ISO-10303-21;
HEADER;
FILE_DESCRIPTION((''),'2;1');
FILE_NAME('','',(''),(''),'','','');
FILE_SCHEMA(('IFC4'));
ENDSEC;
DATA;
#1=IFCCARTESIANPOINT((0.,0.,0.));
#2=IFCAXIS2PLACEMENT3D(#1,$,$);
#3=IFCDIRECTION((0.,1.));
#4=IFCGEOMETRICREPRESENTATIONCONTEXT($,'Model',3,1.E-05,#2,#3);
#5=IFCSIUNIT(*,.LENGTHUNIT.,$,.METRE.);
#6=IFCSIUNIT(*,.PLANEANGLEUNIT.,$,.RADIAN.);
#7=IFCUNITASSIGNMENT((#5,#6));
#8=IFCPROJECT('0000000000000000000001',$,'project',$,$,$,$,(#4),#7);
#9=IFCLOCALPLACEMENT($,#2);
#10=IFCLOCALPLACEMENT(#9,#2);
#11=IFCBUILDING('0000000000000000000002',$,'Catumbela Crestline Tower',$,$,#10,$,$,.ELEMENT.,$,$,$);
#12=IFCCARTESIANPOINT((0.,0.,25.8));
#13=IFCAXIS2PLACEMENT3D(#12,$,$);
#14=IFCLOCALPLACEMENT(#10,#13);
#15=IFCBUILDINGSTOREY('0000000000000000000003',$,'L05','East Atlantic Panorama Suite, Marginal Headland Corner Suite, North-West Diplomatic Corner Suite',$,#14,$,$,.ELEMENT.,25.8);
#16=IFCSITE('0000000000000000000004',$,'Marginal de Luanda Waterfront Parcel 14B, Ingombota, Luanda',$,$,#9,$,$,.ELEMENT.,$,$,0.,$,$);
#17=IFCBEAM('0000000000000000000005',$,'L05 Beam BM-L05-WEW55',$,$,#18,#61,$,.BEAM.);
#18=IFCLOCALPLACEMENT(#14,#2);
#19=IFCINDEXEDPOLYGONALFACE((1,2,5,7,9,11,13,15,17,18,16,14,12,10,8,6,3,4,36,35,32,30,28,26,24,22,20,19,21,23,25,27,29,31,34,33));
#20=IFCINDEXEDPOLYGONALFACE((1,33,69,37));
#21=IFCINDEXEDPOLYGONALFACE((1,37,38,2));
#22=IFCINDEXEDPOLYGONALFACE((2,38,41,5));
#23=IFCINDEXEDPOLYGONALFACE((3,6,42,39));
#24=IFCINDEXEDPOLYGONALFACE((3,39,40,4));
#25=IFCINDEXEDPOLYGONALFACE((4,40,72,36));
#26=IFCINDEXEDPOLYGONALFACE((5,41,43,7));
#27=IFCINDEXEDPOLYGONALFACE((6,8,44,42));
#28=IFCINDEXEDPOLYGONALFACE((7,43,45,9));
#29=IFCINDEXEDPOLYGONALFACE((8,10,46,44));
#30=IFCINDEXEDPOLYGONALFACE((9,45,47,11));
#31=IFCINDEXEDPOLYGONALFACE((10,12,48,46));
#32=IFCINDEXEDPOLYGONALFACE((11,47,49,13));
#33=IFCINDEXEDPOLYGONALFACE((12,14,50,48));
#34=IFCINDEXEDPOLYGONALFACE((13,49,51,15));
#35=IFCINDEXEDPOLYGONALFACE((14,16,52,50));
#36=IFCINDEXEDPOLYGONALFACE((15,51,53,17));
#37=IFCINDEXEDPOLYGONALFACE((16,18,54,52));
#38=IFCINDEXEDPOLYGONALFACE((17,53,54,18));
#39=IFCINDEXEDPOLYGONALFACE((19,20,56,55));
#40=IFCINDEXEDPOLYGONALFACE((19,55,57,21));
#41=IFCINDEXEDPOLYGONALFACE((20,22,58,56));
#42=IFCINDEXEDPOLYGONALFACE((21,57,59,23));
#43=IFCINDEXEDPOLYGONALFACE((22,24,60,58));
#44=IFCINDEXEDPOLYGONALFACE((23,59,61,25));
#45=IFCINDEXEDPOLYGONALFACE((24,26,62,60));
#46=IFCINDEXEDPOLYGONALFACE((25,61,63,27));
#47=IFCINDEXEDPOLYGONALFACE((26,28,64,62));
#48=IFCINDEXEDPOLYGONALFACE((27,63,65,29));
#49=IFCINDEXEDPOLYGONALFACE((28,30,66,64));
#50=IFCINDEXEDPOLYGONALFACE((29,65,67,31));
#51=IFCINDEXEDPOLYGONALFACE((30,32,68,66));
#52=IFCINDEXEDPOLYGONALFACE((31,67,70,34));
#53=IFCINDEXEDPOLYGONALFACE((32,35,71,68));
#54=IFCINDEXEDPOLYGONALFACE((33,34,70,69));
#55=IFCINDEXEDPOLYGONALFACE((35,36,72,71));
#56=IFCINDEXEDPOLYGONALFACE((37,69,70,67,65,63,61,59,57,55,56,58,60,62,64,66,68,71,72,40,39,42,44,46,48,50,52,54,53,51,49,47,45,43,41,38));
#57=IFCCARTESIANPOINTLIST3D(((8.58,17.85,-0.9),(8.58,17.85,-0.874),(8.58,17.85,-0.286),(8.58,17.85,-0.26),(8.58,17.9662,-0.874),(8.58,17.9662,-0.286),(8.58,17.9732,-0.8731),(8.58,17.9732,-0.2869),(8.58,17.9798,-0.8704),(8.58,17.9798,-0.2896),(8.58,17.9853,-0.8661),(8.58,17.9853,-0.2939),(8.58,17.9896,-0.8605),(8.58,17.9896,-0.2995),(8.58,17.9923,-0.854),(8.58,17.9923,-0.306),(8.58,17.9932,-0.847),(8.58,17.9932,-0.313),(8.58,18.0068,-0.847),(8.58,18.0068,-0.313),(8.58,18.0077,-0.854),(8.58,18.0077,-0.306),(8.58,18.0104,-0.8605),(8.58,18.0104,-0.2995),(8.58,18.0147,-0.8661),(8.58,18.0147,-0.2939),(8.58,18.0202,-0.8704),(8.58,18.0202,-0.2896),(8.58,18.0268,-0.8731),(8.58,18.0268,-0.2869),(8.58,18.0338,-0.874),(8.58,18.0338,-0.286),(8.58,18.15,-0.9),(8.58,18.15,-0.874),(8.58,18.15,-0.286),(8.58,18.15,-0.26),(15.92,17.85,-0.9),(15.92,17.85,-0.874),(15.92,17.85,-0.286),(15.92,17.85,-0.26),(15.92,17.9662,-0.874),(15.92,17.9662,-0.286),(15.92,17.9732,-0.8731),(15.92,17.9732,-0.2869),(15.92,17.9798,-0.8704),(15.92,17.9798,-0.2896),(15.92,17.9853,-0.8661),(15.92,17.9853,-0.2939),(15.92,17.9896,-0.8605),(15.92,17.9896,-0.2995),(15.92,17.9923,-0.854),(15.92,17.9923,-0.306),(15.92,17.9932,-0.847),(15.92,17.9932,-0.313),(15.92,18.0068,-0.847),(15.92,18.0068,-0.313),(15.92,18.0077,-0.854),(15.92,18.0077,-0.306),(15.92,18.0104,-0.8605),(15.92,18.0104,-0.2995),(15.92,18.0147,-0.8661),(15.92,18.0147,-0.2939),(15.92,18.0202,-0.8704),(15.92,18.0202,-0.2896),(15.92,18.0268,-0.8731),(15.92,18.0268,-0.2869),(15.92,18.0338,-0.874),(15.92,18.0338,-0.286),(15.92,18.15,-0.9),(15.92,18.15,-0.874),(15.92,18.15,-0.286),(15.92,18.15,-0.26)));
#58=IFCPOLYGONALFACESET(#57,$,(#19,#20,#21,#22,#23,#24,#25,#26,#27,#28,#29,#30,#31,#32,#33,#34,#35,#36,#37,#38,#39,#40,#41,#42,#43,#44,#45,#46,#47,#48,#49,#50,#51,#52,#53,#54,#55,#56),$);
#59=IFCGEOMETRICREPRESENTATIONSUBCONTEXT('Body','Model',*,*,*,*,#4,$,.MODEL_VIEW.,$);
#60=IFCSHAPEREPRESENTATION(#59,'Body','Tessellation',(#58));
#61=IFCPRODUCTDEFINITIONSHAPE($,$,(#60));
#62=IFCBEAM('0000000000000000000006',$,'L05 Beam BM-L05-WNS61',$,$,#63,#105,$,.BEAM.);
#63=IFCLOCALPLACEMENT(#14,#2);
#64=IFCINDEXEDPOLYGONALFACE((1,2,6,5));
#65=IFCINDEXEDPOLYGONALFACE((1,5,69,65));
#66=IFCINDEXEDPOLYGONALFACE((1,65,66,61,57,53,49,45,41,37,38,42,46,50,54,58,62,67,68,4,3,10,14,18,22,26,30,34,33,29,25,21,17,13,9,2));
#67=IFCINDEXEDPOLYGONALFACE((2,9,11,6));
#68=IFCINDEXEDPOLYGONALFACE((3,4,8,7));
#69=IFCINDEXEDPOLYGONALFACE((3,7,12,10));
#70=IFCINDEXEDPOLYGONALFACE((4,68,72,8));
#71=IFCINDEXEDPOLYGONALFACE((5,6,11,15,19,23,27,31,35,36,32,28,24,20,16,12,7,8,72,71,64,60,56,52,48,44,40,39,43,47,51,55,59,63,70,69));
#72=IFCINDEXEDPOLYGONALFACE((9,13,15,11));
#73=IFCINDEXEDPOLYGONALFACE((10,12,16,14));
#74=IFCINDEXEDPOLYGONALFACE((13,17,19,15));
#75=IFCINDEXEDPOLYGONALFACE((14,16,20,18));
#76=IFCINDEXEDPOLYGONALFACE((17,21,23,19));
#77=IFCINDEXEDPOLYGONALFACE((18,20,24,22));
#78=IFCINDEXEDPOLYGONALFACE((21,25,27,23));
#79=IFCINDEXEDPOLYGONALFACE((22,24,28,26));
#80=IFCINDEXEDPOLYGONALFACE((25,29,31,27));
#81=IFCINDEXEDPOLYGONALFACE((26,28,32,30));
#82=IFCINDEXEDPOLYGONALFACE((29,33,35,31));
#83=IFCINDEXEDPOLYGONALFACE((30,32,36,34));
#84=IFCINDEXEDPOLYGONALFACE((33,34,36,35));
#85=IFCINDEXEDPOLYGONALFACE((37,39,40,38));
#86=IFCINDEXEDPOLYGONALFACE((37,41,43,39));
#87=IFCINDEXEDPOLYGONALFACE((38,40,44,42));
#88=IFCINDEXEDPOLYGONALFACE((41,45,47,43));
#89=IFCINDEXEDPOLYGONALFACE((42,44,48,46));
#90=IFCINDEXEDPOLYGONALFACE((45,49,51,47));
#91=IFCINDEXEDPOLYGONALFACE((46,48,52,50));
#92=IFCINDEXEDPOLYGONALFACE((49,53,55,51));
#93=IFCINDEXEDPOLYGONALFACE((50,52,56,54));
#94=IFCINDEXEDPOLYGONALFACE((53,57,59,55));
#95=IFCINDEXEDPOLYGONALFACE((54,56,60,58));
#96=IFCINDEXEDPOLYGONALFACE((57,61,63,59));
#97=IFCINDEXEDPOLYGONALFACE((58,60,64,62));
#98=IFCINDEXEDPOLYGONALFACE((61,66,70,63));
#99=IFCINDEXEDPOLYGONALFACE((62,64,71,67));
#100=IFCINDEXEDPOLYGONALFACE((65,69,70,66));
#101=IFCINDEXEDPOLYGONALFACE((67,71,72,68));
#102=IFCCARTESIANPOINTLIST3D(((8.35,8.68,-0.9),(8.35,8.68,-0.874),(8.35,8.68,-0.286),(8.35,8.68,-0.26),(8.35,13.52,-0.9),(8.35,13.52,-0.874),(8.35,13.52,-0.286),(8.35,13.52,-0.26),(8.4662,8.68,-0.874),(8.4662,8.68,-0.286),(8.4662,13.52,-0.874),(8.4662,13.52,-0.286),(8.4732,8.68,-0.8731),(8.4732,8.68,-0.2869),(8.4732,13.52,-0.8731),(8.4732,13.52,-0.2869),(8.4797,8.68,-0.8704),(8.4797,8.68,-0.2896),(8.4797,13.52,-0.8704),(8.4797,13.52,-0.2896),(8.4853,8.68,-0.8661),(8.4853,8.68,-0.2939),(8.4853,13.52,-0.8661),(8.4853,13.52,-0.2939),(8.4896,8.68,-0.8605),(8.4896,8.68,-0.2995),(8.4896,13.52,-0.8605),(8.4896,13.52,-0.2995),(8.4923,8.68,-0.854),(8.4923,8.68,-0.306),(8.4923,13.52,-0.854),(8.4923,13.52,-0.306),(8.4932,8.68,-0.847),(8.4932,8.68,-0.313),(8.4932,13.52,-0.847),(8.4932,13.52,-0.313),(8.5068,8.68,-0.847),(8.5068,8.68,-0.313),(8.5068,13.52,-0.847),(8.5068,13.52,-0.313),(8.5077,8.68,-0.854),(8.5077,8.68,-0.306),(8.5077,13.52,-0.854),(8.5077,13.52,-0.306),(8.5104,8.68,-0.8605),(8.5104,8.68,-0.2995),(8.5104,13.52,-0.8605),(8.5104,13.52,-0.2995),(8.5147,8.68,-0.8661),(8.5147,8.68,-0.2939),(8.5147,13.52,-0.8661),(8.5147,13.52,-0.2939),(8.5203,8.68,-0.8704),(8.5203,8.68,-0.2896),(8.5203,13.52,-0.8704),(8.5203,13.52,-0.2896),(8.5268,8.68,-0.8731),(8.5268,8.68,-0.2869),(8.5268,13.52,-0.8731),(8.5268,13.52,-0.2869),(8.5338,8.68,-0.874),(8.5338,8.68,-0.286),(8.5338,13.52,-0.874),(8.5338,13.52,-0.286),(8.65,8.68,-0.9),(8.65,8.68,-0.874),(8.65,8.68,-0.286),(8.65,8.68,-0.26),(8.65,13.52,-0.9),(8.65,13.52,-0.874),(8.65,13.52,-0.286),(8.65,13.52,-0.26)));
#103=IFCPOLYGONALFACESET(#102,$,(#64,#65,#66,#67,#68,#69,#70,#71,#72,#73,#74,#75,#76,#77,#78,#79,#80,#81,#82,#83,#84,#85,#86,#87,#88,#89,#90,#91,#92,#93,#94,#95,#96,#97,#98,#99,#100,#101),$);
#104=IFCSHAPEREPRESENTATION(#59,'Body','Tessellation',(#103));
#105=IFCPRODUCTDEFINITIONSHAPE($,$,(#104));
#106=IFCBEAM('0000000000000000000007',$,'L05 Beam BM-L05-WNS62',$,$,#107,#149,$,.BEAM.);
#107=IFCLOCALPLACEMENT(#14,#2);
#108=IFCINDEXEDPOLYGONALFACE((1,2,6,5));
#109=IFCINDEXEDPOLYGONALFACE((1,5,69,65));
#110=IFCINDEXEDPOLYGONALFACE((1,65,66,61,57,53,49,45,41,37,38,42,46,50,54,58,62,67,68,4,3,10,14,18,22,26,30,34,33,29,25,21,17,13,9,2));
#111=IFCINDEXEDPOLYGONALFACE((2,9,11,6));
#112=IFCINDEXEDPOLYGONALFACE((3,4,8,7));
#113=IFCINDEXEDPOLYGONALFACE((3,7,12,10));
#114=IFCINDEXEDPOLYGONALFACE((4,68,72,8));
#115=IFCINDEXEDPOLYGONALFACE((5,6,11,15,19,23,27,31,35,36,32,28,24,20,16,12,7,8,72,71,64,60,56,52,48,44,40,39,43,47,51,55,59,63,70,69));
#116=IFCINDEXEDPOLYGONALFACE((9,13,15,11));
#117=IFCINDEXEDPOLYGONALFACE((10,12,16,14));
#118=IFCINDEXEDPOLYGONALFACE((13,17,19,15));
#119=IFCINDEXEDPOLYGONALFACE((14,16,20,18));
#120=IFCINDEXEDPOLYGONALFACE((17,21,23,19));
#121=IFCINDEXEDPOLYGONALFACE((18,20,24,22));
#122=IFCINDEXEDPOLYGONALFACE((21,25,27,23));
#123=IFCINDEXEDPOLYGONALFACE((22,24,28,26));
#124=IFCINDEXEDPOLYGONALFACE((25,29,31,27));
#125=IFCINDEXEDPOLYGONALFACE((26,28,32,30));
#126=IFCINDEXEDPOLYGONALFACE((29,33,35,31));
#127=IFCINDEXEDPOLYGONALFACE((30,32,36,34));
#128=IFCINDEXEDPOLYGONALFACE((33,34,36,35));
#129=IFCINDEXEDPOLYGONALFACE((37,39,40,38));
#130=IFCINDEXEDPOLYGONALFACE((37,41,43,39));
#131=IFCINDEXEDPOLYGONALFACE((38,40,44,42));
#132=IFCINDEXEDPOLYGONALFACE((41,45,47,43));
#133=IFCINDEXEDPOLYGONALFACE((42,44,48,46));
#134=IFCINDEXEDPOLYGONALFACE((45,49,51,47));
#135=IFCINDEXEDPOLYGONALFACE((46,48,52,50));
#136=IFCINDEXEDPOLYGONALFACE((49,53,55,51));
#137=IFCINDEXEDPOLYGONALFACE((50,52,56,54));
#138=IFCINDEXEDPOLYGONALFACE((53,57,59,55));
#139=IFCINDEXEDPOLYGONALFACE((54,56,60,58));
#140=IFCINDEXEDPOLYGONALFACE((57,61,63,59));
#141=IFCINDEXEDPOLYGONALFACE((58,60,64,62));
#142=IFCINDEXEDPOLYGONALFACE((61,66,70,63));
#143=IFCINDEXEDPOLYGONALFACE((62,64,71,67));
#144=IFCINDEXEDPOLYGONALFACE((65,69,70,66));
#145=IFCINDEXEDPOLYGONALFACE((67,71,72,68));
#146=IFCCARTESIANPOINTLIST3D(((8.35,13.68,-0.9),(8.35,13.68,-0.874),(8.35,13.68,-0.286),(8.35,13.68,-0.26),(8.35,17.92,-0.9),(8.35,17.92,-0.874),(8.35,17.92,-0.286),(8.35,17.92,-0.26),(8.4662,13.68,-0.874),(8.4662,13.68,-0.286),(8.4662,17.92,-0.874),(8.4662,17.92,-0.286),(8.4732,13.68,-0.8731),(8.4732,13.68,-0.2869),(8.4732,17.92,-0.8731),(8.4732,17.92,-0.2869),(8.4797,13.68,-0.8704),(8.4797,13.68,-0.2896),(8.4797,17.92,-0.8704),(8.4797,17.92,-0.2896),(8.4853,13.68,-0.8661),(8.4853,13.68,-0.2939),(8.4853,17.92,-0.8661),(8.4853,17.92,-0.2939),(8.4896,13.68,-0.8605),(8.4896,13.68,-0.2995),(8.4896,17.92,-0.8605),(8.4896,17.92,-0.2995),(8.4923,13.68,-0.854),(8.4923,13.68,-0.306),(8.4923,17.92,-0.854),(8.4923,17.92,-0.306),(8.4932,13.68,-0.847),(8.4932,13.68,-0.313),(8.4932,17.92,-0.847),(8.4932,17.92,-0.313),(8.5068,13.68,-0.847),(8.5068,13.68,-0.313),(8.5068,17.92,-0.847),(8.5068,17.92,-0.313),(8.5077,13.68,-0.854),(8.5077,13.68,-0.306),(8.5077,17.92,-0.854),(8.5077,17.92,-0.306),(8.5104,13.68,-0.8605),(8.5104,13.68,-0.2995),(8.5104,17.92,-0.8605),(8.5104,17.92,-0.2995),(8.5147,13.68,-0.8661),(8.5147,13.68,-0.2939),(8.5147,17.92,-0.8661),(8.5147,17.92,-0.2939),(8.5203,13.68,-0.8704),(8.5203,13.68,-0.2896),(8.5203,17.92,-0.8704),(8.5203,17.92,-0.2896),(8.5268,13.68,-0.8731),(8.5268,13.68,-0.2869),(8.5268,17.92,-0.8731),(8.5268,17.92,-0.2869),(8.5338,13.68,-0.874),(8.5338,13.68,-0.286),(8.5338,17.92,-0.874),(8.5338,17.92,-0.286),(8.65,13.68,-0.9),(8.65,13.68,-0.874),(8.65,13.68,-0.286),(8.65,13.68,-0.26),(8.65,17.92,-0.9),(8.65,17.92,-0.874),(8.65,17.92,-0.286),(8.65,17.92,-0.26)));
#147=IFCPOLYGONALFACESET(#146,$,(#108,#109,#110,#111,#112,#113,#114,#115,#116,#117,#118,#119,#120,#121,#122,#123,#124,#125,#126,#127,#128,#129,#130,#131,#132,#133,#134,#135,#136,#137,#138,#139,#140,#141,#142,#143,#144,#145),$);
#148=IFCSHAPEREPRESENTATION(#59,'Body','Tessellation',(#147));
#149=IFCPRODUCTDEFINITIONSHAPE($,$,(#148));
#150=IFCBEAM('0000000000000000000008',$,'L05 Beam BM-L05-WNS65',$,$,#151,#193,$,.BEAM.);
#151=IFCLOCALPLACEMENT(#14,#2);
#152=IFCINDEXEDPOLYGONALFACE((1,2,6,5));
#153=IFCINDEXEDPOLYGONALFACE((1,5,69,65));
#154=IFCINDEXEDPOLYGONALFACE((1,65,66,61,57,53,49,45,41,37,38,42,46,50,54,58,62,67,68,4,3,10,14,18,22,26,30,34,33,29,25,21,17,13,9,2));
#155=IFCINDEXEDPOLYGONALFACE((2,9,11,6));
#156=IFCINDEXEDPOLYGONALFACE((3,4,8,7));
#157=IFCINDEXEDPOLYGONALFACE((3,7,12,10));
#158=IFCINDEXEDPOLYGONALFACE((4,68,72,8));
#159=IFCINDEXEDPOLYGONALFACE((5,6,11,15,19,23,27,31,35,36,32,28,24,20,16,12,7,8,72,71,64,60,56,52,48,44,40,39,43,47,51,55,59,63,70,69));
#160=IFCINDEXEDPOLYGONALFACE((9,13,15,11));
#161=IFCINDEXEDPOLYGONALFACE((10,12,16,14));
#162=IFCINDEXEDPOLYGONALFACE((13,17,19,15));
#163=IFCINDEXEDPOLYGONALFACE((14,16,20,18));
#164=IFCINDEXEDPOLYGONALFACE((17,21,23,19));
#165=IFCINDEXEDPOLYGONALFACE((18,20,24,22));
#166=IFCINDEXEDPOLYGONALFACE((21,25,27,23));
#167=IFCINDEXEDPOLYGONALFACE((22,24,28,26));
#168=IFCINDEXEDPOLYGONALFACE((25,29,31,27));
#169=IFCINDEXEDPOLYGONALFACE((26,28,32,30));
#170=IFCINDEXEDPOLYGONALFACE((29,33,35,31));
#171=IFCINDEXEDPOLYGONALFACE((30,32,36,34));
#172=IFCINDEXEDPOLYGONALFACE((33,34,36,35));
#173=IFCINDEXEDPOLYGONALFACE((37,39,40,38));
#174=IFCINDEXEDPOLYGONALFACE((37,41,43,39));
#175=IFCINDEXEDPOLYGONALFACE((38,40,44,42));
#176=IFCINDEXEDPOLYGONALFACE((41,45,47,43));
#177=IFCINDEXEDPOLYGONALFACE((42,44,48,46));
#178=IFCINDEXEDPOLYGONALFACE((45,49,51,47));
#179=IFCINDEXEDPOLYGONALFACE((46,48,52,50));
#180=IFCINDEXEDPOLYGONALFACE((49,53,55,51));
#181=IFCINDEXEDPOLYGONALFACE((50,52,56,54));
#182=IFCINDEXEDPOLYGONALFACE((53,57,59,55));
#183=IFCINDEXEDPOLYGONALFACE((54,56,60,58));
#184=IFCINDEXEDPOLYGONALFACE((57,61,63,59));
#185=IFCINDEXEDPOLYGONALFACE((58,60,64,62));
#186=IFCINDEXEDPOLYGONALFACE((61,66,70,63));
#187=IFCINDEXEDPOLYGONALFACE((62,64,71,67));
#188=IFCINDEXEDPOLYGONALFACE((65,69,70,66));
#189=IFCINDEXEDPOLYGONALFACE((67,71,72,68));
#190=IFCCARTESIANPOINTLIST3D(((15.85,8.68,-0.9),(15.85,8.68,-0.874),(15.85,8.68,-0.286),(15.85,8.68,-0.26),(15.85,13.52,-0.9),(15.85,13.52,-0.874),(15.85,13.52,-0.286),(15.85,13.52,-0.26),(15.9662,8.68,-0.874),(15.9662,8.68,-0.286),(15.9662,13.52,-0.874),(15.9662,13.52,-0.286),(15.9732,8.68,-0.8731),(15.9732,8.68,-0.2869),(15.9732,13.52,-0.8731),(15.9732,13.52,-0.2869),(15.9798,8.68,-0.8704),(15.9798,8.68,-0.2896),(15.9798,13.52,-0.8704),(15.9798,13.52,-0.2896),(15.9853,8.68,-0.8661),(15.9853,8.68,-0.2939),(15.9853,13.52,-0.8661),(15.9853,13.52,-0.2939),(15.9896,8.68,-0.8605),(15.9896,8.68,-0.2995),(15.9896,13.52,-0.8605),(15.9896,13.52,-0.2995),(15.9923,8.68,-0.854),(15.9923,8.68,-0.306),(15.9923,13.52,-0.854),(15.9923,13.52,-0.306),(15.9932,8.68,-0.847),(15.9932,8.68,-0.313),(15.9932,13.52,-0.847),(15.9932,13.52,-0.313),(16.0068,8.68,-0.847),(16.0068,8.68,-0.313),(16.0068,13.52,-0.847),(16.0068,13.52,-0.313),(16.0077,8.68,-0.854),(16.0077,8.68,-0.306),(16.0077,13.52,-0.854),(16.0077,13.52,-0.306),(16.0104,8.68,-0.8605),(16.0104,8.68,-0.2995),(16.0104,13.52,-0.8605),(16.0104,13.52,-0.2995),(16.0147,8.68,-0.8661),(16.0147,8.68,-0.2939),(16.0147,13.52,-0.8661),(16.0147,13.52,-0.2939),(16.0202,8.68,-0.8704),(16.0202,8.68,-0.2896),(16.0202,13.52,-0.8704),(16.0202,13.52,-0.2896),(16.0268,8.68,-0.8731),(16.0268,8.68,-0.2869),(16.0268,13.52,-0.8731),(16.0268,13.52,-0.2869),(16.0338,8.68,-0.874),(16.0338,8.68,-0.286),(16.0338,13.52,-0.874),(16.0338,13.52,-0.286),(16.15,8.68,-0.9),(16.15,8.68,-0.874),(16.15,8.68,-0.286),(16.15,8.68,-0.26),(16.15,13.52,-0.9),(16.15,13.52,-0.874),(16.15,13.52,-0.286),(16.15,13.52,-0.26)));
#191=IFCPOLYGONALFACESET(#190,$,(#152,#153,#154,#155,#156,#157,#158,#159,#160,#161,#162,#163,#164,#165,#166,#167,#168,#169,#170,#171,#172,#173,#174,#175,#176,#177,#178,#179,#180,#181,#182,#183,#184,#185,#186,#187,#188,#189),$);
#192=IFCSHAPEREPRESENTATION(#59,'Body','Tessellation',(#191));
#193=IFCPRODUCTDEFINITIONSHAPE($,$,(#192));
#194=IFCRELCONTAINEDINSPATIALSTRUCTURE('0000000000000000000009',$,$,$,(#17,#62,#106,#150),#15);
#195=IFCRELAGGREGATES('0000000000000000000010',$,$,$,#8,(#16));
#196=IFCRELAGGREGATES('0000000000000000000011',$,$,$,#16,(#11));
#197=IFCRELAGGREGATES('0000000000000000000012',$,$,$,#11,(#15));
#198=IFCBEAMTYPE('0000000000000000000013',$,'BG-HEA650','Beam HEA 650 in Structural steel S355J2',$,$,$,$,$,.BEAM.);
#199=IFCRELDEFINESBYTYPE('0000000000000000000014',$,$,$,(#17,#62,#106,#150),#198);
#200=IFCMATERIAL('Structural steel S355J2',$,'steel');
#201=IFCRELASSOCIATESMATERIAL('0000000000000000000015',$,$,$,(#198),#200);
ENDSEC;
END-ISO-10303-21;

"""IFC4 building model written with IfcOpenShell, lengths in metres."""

from ifc_helpers import new_model, si_unit, direction, frame, origin, origin_2d, place, context, subcontext, project, spatial, i_section, extrude, material, material_profile, profile_set, type_object, element, save


model = new_model("IFC4")

# Units and contexts
model_context = context("Model", 3, precision=1e-05, world=origin(), true_north=direction((0.0, 1.0)))
body_context = subcontext(model_context, "Body", "Model", "MODEL_VIEW")
ifc_project = project(units=[si_unit("LENGTHUNIT", "METRE"), si_unit("PLANEANGLEUNIT", "RADIAN")], contexts=[model_context])

# Site, building, storey
site_placement = place(None, origin())
site = spatial("IfcSite", under=ifc_project, at=site_placement, Name="Marginal de Luanda Waterfront Parcel 14B, Ingombota, Luanda", CompositionType="ELEMENT", RefElevation=0.0)
building_placement = place(site_placement, origin())
building = spatial("IfcBuilding", under=site, at=building_placement, Name="Catumbela Crestline Tower", CompositionType="ELEMENT")
storey_placement = place(building_placement, frame((0.0, 0.0, 25.8)))
storey = spatial("IfcBuildingStorey", under=building, at=storey_placement, Name="L05", Description="East Atlantic Panorama Suite, Marginal Headland Corner Suite, North-West Diplomatic Corner Suite", CompositionType="ELEMENT", Elevation=25.8)

# Beams
ifc_material_1 = material(Name="Structural steel S355J2", Category="steel")
ifc_material_profile_1 = material_profile(ifc_material_1, i_section(OverallWidth=0.3, OverallDepth=0.64, WebThickness=0.0135, FlangeThickness=0.026, FilletRadius=0.027, at=origin_2d()), Name="HEA 650")
ifc_profile_set_1 = profile_set([ifc_material_profile_1], Name="Structural steel S355J2")
beam_type_1 = type_object("IfcBeamType", Name="BG-HEA650", Description="Beam HEA 650 in Structural steel S355J2", PredefinedType="BEAM", material=ifc_profile_set_1)
beam_1_placement = place(storey_placement, frame((8.58, 18.0, -0.58), z_axis=(1.0, 0.0, 0.0), x_axis=(0.0, 1.0, 0.0)))
element("IfcBeam", 1, at=beam_1_placement, inside=storey, type_object=beam_type_1, Name="L05 Beam BM-L05-WEW55", PredefinedType="BEAM", context=body_context, shape_type="SweptSolid", body=[
    extrude(i_section(OverallWidth=0.3, OverallDepth=0.64, WebThickness=0.0135, FlangeThickness=0.026, FilletRadius=0.027, at=origin_2d()), origin(), (0.0, 0.0, 1.0), 7.34),
])
beam_2_placement = place(storey_placement, frame((8.5, 8.68, -0.58), z_axis=(0.0, 1.0, 0.0), x_axis=(-1.0, 0.0, 0.0)))
element("IfcBeam", 2, at=beam_2_placement, inside=storey, type_object=beam_type_1, Name="L05 Beam BM-L05-WNS61", PredefinedType="BEAM", context=body_context, shape_type="SweptSolid", body=[
    extrude(i_section(OverallWidth=0.3, OverallDepth=0.64, WebThickness=0.0135, FlangeThickness=0.026, FilletRadius=0.027, at=origin_2d()), origin(), (0.0, 0.0, 1.0), 4.84),
])
beam_3_placement = place(storey_placement, frame((8.5, 13.68, -0.58), z_axis=(0.0, 1.0, 0.0), x_axis=(-1.0, 0.0, 0.0)))
element("IfcBeam", 3, at=beam_3_placement, inside=storey, type_object=beam_type_1, Name="L05 Beam BM-L05-WNS62", PredefinedType="BEAM", context=body_context, shape_type="SweptSolid", body=[
    extrude(i_section(OverallWidth=0.3, OverallDepth=0.64, WebThickness=0.0135, FlangeThickness=0.026, FilletRadius=0.027, at=origin_2d()), origin(), (0.0, 0.0, 1.0), 4.24),
])
beam_4_placement = place(storey_placement, frame((16.0, 8.68, -0.58), z_axis=(0.0, 1.0, 0.0), x_axis=(-1.0, 0.0, 0.0)))
element("IfcBeam", 4, at=beam_4_placement, inside=storey, type_object=beam_type_1, Name="L05 Beam BM-L05-WNS65", PredefinedType="BEAM", context=body_context, shape_type="SweptSolid", body=[
    extrude(i_section(OverallWidth=0.3, OverallDepth=0.64, WebThickness=0.0135, FlangeThickness=0.026, FilletRadius=0.027, at=origin_2d()), origin(), (0.0, 0.0, 1.0), 4.84),
])

save(model, "model.ifc")
